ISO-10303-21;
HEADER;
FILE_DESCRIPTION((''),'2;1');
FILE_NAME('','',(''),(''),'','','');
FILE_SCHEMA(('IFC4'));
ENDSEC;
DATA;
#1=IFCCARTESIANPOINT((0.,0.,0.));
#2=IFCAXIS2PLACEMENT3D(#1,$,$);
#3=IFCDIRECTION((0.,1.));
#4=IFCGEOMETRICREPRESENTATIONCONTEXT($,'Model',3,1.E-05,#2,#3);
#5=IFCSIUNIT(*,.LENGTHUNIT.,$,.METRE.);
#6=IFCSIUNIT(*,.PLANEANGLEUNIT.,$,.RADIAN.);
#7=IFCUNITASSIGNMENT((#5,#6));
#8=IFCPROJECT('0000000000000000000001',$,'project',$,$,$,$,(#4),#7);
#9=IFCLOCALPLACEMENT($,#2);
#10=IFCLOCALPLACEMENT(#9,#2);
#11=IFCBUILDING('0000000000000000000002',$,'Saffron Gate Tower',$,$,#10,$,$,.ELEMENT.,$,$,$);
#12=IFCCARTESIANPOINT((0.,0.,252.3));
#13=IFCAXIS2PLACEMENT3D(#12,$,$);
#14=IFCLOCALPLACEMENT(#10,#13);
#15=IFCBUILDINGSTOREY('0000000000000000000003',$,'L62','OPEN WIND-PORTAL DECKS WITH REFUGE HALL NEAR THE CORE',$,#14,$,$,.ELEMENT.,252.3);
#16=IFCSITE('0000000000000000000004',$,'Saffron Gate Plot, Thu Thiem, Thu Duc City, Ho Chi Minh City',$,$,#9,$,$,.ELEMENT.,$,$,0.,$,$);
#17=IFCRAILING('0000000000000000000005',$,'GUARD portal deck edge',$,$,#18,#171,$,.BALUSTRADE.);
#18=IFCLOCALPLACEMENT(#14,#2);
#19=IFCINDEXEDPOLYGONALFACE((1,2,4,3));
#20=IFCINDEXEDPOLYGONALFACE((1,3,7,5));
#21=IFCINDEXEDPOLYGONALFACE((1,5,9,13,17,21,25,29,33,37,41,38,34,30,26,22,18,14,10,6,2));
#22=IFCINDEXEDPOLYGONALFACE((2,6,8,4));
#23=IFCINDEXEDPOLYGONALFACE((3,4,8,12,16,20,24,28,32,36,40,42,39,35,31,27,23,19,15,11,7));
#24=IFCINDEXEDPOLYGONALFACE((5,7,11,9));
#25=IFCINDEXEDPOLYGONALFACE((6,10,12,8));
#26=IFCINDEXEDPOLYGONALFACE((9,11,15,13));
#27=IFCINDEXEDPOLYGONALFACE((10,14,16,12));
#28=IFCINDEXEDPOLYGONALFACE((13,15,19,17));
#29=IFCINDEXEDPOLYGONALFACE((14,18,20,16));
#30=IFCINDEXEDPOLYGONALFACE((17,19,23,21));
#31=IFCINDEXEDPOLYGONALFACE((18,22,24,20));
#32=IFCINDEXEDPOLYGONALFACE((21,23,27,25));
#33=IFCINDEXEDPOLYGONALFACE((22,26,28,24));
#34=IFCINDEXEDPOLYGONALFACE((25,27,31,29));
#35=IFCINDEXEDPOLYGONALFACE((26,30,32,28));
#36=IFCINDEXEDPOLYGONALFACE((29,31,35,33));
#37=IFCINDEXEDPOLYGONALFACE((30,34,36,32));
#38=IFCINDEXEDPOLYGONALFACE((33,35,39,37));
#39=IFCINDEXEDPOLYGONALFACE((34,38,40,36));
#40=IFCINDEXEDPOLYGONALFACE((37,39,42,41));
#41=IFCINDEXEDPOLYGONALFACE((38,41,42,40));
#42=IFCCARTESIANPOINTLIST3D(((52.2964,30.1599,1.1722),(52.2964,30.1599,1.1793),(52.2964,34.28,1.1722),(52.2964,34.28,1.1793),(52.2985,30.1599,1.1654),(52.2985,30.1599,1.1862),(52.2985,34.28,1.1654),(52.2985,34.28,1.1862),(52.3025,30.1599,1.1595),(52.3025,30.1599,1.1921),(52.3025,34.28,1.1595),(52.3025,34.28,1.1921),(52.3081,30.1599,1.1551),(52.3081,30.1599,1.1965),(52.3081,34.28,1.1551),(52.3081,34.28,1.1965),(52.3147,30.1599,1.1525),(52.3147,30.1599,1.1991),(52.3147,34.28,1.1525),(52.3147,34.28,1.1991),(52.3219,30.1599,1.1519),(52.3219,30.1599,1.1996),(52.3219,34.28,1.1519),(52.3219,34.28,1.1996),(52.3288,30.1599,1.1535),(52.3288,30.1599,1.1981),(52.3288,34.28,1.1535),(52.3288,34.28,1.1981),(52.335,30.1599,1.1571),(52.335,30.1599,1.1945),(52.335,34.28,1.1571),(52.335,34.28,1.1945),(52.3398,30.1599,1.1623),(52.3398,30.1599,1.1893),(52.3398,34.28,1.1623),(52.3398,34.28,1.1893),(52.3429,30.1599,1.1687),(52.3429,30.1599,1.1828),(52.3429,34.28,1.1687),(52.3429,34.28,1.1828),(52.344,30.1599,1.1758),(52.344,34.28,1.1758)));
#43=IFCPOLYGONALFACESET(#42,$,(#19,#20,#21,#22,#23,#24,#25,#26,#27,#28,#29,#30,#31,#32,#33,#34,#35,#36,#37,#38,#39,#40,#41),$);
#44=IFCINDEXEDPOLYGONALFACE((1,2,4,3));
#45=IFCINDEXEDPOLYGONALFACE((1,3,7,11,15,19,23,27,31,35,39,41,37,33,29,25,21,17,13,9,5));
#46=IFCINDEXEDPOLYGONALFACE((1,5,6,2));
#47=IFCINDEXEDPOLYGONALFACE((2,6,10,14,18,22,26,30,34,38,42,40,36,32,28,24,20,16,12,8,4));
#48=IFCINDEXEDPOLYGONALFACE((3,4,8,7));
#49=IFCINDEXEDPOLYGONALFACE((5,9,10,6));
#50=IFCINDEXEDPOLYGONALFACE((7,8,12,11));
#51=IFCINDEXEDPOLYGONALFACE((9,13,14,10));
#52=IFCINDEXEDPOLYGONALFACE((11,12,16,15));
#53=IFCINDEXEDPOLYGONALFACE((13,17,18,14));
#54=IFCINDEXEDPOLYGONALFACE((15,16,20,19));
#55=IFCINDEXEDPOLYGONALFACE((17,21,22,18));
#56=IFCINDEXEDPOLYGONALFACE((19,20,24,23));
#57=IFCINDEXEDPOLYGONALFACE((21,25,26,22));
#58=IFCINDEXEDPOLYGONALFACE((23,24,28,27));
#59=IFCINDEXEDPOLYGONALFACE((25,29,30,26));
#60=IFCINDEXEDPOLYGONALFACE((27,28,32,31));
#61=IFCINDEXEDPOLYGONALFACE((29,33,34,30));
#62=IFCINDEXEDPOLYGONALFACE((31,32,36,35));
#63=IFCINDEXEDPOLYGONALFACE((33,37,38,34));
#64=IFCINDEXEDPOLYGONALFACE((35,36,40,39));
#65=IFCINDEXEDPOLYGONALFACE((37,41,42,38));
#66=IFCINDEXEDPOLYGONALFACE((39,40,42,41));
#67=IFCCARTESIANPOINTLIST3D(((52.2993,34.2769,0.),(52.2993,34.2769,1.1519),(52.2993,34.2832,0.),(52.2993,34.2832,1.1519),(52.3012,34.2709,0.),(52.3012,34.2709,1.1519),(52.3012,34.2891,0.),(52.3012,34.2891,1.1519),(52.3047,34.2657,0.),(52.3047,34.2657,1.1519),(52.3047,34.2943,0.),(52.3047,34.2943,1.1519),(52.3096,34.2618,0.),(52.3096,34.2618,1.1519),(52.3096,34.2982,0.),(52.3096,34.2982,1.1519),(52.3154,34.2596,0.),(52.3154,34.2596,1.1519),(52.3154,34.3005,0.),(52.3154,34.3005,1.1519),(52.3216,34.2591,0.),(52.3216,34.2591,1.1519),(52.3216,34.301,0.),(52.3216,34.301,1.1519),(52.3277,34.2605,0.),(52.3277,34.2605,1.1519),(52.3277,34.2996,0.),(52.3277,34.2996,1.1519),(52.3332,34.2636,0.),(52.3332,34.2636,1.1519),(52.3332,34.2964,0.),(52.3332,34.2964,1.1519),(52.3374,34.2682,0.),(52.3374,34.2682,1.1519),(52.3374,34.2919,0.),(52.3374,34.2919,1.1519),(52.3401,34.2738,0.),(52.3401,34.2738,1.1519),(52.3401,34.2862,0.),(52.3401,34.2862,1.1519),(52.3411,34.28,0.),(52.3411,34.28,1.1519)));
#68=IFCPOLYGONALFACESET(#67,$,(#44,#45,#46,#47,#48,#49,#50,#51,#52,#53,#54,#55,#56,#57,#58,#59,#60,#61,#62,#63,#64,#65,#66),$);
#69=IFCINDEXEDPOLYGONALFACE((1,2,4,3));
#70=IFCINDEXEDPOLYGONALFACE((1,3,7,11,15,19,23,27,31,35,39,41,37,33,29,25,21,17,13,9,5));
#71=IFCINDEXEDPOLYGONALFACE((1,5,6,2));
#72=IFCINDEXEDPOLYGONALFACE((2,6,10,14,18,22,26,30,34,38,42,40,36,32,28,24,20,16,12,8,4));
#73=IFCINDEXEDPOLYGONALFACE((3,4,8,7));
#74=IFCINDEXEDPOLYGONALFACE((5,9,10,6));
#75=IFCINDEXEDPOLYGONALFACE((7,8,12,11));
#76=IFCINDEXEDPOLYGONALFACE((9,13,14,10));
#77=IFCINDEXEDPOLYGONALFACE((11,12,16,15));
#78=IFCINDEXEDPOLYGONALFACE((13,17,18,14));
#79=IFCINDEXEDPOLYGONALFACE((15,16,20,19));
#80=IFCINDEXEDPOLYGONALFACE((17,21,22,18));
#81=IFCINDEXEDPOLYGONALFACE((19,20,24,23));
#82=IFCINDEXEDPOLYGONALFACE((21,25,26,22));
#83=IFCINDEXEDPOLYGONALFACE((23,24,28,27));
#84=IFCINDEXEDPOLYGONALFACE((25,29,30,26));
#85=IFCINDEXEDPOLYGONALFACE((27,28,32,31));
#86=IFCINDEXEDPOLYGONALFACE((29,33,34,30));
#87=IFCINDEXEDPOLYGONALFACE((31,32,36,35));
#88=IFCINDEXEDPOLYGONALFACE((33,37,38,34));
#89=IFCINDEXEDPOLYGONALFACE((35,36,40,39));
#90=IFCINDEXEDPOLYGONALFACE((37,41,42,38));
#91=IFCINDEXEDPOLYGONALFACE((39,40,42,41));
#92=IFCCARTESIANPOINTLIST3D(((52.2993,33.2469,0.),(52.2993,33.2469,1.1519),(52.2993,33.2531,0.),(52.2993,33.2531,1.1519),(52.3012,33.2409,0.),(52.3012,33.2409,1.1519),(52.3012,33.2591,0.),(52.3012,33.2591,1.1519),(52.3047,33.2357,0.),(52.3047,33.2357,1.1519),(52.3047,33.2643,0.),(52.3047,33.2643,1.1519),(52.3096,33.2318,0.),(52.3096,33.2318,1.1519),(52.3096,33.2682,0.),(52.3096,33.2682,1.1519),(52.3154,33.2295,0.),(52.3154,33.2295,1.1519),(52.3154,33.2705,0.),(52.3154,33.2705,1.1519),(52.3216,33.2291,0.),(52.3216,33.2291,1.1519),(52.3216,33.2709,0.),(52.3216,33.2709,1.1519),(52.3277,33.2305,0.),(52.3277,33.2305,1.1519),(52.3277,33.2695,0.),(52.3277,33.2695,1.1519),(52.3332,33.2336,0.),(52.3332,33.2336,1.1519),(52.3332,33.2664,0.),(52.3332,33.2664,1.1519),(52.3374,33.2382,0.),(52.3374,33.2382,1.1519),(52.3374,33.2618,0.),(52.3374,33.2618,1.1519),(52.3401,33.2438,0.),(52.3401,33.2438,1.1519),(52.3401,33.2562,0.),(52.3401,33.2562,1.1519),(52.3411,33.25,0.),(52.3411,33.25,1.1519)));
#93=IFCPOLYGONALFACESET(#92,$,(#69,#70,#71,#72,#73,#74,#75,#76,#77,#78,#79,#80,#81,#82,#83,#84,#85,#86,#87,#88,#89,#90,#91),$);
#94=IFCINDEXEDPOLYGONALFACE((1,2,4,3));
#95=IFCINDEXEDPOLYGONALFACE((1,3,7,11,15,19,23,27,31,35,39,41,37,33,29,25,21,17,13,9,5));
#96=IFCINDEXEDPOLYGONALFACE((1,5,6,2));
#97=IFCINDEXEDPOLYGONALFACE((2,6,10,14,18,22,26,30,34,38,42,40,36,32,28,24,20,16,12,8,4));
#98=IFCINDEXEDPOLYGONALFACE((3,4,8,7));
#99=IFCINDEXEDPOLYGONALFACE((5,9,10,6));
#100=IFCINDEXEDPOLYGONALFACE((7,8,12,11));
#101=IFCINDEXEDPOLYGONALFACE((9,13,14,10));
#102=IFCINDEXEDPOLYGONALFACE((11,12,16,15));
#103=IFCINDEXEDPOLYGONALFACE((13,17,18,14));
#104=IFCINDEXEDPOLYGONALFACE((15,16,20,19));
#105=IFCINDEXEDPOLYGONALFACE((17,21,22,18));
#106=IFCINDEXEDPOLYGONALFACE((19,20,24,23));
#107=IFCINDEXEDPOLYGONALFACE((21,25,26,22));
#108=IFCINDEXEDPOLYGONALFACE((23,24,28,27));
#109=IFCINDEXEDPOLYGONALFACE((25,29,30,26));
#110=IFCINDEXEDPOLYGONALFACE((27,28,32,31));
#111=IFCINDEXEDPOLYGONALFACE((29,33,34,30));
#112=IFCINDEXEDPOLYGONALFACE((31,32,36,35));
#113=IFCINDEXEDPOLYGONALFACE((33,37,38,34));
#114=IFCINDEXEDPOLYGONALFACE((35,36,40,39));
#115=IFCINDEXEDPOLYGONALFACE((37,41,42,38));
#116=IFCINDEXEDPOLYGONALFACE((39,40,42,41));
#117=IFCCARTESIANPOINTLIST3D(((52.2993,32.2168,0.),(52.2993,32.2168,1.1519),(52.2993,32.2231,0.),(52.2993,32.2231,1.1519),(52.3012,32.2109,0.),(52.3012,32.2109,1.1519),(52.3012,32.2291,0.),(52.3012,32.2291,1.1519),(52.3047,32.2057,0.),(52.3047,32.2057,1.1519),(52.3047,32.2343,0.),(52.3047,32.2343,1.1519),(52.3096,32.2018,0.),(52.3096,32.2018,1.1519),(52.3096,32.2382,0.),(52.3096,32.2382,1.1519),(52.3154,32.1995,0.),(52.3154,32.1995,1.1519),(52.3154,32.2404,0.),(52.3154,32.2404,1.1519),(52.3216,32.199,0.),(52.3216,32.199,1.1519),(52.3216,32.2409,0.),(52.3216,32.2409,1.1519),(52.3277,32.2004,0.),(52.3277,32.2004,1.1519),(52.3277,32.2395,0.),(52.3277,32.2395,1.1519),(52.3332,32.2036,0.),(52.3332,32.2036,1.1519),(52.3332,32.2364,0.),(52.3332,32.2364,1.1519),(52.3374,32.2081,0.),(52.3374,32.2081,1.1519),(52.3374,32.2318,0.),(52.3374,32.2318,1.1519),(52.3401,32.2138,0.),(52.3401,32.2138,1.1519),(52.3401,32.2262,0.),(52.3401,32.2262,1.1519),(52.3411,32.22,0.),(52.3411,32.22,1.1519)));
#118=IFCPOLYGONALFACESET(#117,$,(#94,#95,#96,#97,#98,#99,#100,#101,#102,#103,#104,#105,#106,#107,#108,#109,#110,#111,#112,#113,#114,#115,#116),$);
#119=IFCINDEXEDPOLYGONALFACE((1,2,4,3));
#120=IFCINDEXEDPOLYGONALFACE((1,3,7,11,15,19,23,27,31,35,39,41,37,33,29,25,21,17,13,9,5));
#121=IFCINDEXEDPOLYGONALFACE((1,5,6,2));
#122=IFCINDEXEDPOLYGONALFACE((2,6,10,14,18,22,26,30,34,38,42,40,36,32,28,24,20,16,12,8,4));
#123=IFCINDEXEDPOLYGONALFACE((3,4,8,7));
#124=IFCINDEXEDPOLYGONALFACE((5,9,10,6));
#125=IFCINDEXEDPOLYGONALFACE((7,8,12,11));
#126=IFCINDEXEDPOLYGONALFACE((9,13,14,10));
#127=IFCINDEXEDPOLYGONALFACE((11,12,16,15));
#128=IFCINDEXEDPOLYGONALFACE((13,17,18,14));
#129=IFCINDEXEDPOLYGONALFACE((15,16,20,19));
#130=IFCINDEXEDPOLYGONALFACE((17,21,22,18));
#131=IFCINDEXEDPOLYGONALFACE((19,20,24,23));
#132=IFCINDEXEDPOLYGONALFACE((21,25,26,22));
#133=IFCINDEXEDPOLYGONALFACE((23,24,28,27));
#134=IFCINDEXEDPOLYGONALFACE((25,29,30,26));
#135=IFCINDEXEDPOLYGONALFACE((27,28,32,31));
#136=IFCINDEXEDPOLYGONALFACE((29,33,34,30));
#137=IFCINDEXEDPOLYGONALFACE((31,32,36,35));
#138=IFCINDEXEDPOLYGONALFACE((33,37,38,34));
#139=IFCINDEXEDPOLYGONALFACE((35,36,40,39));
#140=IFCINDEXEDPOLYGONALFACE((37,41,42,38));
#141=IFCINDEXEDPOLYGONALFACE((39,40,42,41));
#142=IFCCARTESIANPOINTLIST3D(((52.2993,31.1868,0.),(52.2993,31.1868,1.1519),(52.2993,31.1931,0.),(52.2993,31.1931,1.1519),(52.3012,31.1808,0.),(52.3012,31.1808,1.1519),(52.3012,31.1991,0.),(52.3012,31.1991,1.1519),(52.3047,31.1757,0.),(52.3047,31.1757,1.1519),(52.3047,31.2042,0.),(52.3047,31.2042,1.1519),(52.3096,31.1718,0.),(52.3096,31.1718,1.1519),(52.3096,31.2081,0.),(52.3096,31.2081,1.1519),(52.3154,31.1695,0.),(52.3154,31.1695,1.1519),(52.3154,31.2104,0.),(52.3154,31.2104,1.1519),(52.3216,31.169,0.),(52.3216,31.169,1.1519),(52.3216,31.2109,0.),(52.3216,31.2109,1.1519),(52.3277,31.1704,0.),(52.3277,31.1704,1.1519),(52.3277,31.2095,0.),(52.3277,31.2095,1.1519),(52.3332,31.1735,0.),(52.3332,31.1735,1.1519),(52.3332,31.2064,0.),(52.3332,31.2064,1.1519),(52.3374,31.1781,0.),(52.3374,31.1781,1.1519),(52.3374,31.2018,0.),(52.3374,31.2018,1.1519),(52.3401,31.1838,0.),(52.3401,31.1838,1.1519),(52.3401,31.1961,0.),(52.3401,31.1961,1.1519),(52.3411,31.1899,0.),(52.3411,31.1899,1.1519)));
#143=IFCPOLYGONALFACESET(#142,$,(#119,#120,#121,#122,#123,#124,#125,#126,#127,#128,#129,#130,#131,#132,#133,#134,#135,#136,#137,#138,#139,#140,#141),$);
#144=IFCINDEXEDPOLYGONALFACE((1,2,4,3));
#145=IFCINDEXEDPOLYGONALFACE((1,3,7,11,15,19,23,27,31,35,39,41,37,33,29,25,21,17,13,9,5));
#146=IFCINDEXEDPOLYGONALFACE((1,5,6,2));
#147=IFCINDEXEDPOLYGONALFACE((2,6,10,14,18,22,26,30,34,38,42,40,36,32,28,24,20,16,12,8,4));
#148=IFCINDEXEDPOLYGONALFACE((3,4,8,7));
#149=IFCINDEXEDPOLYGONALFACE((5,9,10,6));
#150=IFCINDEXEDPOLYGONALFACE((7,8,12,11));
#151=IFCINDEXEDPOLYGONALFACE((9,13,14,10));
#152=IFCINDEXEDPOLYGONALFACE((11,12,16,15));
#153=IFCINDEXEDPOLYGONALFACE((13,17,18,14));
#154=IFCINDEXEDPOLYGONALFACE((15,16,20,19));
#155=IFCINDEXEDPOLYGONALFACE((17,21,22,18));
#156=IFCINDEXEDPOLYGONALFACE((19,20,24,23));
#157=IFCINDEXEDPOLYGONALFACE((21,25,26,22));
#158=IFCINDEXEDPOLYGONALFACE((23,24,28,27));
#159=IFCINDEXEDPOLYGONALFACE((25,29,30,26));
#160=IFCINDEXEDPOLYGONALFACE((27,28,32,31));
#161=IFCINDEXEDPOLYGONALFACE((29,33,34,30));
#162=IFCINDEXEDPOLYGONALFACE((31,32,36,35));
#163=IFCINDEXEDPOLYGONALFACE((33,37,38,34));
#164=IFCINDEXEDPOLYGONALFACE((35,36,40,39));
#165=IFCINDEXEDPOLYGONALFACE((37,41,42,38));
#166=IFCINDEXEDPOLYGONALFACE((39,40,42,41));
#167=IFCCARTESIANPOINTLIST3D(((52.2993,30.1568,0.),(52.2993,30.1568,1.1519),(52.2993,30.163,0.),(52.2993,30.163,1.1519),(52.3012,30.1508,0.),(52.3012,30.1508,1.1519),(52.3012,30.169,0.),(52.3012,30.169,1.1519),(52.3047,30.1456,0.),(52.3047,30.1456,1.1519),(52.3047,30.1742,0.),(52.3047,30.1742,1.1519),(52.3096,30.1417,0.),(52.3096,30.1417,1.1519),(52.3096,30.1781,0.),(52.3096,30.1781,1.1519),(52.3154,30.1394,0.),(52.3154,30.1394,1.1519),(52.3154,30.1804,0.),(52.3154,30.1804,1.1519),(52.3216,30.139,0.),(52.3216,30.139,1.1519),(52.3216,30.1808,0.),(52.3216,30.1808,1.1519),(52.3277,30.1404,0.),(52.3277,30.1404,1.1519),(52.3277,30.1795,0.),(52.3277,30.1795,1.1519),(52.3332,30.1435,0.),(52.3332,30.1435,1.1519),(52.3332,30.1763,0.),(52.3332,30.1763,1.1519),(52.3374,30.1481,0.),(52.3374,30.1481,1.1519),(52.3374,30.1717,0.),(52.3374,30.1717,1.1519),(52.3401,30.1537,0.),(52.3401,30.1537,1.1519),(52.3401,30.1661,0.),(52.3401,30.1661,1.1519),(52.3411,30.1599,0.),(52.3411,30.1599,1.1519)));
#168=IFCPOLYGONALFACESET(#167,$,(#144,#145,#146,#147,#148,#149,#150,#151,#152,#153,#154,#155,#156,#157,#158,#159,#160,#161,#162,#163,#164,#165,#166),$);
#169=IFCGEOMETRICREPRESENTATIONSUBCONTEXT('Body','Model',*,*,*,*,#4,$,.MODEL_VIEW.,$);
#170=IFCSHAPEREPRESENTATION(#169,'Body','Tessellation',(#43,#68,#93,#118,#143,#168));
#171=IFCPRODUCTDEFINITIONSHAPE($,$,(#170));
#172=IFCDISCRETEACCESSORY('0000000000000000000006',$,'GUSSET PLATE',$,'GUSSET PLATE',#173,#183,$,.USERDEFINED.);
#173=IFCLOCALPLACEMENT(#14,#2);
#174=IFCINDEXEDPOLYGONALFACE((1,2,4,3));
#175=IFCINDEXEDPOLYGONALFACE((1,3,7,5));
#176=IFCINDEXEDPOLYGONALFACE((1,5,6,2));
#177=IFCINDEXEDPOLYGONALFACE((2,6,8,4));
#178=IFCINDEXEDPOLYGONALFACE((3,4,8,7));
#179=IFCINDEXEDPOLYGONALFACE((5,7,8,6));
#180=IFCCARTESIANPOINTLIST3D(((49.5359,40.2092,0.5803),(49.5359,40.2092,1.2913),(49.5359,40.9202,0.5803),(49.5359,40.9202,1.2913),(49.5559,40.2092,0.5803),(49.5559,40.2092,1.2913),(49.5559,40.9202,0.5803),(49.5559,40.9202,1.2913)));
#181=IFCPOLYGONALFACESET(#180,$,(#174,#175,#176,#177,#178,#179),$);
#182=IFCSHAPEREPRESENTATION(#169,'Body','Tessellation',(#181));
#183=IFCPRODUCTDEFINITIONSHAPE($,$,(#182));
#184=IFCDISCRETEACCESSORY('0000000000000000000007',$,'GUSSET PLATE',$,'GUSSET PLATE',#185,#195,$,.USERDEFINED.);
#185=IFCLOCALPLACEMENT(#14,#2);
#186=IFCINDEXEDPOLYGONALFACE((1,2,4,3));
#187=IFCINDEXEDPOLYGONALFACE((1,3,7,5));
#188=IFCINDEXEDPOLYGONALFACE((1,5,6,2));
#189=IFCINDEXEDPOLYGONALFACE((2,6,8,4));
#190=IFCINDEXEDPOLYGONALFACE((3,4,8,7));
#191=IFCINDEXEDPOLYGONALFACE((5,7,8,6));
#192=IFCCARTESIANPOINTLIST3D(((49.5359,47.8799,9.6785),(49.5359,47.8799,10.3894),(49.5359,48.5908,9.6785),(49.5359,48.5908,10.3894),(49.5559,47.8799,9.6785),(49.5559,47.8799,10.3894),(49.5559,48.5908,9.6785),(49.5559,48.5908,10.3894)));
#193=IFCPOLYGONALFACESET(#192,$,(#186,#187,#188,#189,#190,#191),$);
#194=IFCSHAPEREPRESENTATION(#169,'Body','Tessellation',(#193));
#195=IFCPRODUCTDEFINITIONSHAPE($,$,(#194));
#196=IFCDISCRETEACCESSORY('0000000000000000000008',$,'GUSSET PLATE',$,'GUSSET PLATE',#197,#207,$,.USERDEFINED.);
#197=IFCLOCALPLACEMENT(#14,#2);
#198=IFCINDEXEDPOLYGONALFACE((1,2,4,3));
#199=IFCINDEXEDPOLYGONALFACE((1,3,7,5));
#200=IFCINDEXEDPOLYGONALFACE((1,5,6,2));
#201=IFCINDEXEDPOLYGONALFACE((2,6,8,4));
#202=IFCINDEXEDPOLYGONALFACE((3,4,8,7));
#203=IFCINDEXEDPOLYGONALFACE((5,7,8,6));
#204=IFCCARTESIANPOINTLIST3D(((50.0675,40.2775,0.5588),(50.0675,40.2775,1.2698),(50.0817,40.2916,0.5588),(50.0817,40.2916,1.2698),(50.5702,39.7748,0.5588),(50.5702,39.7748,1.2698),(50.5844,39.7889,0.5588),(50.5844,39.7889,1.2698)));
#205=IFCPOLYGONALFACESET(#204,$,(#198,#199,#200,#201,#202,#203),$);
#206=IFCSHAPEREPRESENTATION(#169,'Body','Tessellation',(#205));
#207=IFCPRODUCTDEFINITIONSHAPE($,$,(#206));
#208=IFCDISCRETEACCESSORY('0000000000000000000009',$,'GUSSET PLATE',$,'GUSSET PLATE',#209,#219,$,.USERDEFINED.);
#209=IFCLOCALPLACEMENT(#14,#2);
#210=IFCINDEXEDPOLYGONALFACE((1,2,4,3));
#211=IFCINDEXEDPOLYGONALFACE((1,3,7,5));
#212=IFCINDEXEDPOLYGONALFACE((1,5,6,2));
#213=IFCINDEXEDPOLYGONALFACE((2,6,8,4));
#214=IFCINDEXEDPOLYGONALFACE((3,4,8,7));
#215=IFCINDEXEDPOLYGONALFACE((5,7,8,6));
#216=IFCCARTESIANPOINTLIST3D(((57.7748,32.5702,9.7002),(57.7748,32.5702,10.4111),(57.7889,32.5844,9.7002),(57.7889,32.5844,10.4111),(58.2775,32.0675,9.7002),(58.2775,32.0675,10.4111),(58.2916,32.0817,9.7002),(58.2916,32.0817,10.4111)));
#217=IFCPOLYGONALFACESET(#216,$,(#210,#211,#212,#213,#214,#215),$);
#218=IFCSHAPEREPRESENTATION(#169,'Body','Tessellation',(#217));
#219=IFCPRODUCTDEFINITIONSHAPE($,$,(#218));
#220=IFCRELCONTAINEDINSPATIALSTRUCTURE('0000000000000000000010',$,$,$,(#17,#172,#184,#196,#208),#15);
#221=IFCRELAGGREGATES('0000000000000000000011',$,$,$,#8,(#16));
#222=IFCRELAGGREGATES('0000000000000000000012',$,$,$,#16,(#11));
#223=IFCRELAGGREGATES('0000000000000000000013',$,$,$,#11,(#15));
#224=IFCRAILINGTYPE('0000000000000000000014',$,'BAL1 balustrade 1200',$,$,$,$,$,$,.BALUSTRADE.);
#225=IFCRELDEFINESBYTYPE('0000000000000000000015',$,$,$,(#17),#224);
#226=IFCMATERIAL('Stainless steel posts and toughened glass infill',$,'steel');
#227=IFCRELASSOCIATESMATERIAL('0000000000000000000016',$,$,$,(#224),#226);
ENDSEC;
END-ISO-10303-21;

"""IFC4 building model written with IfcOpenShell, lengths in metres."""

from ifc_helpers import new_model, si_unit, direction, frame, origin, origin_2d, place, context, subcontext, project, spatial, rectangle, circle, extrude, material, type_object, element, save


model = new_model("IFC4")

# Units and contexts
model_context = context("Model", 3, precision=1e-05, world=origin(), true_north=direction((0.0, 1.0)))
body_context = subcontext(model_context, "Body", "Model", "MODEL_VIEW")
ifc_project = project(units=[si_unit("LENGTHUNIT", "METRE"), si_unit("PLANEANGLEUNIT", "RADIAN")], contexts=[model_context])

# Site, building, storey
site_placement = place(None, origin())
site = spatial("IfcSite", under=ifc_project, at=site_placement, Name="Saffron Gate Plot, Thu Thiem, Thu Duc City, Ho Chi Minh City", CompositionType="ELEMENT", RefElevation=0.0)
building_placement = place(site_placement, origin())
building = spatial("IfcBuilding", under=site, at=building_placement, Name="Saffron Gate Tower", CompositionType="ELEMENT")
storey_placement = place(building_placement, frame((0.0, 0.0, 252.3)))
storey = spatial("IfcBuildingStorey", under=building, at=storey_placement, Name="L62", Description="OPEN WIND-PORTAL DECKS WITH REFUGE HALL NEAR THE CORE", CompositionType="ELEMENT", Elevation=252.3)

# Railing
ifc_material_1 = material(Name="Stainless steel posts and toughened glass infill", Category="steel")
railing_type = type_object("IfcRailingType", Name="BAL1 balustrade 1200", PredefinedType="BALUSTRADE", material=ifc_material_1)
railing_1_placement = place(storey_placement, frame((52.3201, 34.28, 0.0)))
element("IfcRailing", 1, at=railing_1_placement, inside=storey, type_object=railing_type, Name="GUARD portal deck edge", PredefinedType="BALUSTRADE", context=body_context, shape_type="SweptSolid", body=[
    extrude(circle(Radius=0.0239, at=origin_2d()), frame((0.0, 0.0, 1.1758), z_axis=(0.0, -1.0, 0.0), x_axis=(1.0, 0.0, 0.0)), (0.0, 0.0, 1.0), 4.1201),
    extrude(circle(Radius=0.021, at=origin_2d()), origin(), (0.0, 0.0, 1.0), 1.1519),
    extrude(circle(Radius=0.021, at=origin_2d()), frame((0.0, -1.03, 0.0)), (0.0, 0.0, 1.0), 1.1519),
    extrude(circle(Radius=0.021, at=origin_2d()), frame((0.0, -2.0601, 0.0)), (0.0, 0.0, 1.0), 1.1519),
    extrude(circle(Radius=0.021, at=origin_2d()), frame((0.0, -3.0901, 0.0)), (0.0, 0.0, 1.0), 1.1519),
    extrude(circle(Radius=0.021, at=origin_2d()), frame((0.0, -4.1201, 0.0)), (0.0, 0.0, 1.0), 1.1519),
])

# Discrete accessories
for number, where, z_axis, x_axis, name in (
    (2, (49.5459, 40.5647, 0.5803), (0.0, 0.0, 1.0), (0.0, 1.0, 0.0), "GUSSET PLATE"),
    (3, (49.5459, 48.2354, 9.6785), (0.0, 0.0, 1.0), (0.0, 1.0, 0.0), "GUSSET PLATE"),
    (4, (50.3259, 40.0332, 0.5588), (0.0, 0.0, 1.0), (0.707107, -0.707107, 0.0), "GUSSET PLATE"),
    (5, (58.0332, 32.3259, 9.7002), (0.0, 0.0, 1.0), (0.707107, -0.707107, 0.0), "GUSSET PLATE"),
):
    element("IfcDiscreteAccessory", number, at=place(storey_placement, frame(where, z_axis=z_axis, x_axis=x_axis)), inside=storey, Name=name, ObjectType="GUSSET PLATE", PredefinedType="USERDEFINED", context=body_context, shape_type="SweptSolid", body=[
        extrude(rectangle(XDim=0.7109, YDim=0.02, at=origin_2d()), origin(), (0.0, 0.0, 1.0), 0.7109),
    ])

save(model, "model.ifc")
